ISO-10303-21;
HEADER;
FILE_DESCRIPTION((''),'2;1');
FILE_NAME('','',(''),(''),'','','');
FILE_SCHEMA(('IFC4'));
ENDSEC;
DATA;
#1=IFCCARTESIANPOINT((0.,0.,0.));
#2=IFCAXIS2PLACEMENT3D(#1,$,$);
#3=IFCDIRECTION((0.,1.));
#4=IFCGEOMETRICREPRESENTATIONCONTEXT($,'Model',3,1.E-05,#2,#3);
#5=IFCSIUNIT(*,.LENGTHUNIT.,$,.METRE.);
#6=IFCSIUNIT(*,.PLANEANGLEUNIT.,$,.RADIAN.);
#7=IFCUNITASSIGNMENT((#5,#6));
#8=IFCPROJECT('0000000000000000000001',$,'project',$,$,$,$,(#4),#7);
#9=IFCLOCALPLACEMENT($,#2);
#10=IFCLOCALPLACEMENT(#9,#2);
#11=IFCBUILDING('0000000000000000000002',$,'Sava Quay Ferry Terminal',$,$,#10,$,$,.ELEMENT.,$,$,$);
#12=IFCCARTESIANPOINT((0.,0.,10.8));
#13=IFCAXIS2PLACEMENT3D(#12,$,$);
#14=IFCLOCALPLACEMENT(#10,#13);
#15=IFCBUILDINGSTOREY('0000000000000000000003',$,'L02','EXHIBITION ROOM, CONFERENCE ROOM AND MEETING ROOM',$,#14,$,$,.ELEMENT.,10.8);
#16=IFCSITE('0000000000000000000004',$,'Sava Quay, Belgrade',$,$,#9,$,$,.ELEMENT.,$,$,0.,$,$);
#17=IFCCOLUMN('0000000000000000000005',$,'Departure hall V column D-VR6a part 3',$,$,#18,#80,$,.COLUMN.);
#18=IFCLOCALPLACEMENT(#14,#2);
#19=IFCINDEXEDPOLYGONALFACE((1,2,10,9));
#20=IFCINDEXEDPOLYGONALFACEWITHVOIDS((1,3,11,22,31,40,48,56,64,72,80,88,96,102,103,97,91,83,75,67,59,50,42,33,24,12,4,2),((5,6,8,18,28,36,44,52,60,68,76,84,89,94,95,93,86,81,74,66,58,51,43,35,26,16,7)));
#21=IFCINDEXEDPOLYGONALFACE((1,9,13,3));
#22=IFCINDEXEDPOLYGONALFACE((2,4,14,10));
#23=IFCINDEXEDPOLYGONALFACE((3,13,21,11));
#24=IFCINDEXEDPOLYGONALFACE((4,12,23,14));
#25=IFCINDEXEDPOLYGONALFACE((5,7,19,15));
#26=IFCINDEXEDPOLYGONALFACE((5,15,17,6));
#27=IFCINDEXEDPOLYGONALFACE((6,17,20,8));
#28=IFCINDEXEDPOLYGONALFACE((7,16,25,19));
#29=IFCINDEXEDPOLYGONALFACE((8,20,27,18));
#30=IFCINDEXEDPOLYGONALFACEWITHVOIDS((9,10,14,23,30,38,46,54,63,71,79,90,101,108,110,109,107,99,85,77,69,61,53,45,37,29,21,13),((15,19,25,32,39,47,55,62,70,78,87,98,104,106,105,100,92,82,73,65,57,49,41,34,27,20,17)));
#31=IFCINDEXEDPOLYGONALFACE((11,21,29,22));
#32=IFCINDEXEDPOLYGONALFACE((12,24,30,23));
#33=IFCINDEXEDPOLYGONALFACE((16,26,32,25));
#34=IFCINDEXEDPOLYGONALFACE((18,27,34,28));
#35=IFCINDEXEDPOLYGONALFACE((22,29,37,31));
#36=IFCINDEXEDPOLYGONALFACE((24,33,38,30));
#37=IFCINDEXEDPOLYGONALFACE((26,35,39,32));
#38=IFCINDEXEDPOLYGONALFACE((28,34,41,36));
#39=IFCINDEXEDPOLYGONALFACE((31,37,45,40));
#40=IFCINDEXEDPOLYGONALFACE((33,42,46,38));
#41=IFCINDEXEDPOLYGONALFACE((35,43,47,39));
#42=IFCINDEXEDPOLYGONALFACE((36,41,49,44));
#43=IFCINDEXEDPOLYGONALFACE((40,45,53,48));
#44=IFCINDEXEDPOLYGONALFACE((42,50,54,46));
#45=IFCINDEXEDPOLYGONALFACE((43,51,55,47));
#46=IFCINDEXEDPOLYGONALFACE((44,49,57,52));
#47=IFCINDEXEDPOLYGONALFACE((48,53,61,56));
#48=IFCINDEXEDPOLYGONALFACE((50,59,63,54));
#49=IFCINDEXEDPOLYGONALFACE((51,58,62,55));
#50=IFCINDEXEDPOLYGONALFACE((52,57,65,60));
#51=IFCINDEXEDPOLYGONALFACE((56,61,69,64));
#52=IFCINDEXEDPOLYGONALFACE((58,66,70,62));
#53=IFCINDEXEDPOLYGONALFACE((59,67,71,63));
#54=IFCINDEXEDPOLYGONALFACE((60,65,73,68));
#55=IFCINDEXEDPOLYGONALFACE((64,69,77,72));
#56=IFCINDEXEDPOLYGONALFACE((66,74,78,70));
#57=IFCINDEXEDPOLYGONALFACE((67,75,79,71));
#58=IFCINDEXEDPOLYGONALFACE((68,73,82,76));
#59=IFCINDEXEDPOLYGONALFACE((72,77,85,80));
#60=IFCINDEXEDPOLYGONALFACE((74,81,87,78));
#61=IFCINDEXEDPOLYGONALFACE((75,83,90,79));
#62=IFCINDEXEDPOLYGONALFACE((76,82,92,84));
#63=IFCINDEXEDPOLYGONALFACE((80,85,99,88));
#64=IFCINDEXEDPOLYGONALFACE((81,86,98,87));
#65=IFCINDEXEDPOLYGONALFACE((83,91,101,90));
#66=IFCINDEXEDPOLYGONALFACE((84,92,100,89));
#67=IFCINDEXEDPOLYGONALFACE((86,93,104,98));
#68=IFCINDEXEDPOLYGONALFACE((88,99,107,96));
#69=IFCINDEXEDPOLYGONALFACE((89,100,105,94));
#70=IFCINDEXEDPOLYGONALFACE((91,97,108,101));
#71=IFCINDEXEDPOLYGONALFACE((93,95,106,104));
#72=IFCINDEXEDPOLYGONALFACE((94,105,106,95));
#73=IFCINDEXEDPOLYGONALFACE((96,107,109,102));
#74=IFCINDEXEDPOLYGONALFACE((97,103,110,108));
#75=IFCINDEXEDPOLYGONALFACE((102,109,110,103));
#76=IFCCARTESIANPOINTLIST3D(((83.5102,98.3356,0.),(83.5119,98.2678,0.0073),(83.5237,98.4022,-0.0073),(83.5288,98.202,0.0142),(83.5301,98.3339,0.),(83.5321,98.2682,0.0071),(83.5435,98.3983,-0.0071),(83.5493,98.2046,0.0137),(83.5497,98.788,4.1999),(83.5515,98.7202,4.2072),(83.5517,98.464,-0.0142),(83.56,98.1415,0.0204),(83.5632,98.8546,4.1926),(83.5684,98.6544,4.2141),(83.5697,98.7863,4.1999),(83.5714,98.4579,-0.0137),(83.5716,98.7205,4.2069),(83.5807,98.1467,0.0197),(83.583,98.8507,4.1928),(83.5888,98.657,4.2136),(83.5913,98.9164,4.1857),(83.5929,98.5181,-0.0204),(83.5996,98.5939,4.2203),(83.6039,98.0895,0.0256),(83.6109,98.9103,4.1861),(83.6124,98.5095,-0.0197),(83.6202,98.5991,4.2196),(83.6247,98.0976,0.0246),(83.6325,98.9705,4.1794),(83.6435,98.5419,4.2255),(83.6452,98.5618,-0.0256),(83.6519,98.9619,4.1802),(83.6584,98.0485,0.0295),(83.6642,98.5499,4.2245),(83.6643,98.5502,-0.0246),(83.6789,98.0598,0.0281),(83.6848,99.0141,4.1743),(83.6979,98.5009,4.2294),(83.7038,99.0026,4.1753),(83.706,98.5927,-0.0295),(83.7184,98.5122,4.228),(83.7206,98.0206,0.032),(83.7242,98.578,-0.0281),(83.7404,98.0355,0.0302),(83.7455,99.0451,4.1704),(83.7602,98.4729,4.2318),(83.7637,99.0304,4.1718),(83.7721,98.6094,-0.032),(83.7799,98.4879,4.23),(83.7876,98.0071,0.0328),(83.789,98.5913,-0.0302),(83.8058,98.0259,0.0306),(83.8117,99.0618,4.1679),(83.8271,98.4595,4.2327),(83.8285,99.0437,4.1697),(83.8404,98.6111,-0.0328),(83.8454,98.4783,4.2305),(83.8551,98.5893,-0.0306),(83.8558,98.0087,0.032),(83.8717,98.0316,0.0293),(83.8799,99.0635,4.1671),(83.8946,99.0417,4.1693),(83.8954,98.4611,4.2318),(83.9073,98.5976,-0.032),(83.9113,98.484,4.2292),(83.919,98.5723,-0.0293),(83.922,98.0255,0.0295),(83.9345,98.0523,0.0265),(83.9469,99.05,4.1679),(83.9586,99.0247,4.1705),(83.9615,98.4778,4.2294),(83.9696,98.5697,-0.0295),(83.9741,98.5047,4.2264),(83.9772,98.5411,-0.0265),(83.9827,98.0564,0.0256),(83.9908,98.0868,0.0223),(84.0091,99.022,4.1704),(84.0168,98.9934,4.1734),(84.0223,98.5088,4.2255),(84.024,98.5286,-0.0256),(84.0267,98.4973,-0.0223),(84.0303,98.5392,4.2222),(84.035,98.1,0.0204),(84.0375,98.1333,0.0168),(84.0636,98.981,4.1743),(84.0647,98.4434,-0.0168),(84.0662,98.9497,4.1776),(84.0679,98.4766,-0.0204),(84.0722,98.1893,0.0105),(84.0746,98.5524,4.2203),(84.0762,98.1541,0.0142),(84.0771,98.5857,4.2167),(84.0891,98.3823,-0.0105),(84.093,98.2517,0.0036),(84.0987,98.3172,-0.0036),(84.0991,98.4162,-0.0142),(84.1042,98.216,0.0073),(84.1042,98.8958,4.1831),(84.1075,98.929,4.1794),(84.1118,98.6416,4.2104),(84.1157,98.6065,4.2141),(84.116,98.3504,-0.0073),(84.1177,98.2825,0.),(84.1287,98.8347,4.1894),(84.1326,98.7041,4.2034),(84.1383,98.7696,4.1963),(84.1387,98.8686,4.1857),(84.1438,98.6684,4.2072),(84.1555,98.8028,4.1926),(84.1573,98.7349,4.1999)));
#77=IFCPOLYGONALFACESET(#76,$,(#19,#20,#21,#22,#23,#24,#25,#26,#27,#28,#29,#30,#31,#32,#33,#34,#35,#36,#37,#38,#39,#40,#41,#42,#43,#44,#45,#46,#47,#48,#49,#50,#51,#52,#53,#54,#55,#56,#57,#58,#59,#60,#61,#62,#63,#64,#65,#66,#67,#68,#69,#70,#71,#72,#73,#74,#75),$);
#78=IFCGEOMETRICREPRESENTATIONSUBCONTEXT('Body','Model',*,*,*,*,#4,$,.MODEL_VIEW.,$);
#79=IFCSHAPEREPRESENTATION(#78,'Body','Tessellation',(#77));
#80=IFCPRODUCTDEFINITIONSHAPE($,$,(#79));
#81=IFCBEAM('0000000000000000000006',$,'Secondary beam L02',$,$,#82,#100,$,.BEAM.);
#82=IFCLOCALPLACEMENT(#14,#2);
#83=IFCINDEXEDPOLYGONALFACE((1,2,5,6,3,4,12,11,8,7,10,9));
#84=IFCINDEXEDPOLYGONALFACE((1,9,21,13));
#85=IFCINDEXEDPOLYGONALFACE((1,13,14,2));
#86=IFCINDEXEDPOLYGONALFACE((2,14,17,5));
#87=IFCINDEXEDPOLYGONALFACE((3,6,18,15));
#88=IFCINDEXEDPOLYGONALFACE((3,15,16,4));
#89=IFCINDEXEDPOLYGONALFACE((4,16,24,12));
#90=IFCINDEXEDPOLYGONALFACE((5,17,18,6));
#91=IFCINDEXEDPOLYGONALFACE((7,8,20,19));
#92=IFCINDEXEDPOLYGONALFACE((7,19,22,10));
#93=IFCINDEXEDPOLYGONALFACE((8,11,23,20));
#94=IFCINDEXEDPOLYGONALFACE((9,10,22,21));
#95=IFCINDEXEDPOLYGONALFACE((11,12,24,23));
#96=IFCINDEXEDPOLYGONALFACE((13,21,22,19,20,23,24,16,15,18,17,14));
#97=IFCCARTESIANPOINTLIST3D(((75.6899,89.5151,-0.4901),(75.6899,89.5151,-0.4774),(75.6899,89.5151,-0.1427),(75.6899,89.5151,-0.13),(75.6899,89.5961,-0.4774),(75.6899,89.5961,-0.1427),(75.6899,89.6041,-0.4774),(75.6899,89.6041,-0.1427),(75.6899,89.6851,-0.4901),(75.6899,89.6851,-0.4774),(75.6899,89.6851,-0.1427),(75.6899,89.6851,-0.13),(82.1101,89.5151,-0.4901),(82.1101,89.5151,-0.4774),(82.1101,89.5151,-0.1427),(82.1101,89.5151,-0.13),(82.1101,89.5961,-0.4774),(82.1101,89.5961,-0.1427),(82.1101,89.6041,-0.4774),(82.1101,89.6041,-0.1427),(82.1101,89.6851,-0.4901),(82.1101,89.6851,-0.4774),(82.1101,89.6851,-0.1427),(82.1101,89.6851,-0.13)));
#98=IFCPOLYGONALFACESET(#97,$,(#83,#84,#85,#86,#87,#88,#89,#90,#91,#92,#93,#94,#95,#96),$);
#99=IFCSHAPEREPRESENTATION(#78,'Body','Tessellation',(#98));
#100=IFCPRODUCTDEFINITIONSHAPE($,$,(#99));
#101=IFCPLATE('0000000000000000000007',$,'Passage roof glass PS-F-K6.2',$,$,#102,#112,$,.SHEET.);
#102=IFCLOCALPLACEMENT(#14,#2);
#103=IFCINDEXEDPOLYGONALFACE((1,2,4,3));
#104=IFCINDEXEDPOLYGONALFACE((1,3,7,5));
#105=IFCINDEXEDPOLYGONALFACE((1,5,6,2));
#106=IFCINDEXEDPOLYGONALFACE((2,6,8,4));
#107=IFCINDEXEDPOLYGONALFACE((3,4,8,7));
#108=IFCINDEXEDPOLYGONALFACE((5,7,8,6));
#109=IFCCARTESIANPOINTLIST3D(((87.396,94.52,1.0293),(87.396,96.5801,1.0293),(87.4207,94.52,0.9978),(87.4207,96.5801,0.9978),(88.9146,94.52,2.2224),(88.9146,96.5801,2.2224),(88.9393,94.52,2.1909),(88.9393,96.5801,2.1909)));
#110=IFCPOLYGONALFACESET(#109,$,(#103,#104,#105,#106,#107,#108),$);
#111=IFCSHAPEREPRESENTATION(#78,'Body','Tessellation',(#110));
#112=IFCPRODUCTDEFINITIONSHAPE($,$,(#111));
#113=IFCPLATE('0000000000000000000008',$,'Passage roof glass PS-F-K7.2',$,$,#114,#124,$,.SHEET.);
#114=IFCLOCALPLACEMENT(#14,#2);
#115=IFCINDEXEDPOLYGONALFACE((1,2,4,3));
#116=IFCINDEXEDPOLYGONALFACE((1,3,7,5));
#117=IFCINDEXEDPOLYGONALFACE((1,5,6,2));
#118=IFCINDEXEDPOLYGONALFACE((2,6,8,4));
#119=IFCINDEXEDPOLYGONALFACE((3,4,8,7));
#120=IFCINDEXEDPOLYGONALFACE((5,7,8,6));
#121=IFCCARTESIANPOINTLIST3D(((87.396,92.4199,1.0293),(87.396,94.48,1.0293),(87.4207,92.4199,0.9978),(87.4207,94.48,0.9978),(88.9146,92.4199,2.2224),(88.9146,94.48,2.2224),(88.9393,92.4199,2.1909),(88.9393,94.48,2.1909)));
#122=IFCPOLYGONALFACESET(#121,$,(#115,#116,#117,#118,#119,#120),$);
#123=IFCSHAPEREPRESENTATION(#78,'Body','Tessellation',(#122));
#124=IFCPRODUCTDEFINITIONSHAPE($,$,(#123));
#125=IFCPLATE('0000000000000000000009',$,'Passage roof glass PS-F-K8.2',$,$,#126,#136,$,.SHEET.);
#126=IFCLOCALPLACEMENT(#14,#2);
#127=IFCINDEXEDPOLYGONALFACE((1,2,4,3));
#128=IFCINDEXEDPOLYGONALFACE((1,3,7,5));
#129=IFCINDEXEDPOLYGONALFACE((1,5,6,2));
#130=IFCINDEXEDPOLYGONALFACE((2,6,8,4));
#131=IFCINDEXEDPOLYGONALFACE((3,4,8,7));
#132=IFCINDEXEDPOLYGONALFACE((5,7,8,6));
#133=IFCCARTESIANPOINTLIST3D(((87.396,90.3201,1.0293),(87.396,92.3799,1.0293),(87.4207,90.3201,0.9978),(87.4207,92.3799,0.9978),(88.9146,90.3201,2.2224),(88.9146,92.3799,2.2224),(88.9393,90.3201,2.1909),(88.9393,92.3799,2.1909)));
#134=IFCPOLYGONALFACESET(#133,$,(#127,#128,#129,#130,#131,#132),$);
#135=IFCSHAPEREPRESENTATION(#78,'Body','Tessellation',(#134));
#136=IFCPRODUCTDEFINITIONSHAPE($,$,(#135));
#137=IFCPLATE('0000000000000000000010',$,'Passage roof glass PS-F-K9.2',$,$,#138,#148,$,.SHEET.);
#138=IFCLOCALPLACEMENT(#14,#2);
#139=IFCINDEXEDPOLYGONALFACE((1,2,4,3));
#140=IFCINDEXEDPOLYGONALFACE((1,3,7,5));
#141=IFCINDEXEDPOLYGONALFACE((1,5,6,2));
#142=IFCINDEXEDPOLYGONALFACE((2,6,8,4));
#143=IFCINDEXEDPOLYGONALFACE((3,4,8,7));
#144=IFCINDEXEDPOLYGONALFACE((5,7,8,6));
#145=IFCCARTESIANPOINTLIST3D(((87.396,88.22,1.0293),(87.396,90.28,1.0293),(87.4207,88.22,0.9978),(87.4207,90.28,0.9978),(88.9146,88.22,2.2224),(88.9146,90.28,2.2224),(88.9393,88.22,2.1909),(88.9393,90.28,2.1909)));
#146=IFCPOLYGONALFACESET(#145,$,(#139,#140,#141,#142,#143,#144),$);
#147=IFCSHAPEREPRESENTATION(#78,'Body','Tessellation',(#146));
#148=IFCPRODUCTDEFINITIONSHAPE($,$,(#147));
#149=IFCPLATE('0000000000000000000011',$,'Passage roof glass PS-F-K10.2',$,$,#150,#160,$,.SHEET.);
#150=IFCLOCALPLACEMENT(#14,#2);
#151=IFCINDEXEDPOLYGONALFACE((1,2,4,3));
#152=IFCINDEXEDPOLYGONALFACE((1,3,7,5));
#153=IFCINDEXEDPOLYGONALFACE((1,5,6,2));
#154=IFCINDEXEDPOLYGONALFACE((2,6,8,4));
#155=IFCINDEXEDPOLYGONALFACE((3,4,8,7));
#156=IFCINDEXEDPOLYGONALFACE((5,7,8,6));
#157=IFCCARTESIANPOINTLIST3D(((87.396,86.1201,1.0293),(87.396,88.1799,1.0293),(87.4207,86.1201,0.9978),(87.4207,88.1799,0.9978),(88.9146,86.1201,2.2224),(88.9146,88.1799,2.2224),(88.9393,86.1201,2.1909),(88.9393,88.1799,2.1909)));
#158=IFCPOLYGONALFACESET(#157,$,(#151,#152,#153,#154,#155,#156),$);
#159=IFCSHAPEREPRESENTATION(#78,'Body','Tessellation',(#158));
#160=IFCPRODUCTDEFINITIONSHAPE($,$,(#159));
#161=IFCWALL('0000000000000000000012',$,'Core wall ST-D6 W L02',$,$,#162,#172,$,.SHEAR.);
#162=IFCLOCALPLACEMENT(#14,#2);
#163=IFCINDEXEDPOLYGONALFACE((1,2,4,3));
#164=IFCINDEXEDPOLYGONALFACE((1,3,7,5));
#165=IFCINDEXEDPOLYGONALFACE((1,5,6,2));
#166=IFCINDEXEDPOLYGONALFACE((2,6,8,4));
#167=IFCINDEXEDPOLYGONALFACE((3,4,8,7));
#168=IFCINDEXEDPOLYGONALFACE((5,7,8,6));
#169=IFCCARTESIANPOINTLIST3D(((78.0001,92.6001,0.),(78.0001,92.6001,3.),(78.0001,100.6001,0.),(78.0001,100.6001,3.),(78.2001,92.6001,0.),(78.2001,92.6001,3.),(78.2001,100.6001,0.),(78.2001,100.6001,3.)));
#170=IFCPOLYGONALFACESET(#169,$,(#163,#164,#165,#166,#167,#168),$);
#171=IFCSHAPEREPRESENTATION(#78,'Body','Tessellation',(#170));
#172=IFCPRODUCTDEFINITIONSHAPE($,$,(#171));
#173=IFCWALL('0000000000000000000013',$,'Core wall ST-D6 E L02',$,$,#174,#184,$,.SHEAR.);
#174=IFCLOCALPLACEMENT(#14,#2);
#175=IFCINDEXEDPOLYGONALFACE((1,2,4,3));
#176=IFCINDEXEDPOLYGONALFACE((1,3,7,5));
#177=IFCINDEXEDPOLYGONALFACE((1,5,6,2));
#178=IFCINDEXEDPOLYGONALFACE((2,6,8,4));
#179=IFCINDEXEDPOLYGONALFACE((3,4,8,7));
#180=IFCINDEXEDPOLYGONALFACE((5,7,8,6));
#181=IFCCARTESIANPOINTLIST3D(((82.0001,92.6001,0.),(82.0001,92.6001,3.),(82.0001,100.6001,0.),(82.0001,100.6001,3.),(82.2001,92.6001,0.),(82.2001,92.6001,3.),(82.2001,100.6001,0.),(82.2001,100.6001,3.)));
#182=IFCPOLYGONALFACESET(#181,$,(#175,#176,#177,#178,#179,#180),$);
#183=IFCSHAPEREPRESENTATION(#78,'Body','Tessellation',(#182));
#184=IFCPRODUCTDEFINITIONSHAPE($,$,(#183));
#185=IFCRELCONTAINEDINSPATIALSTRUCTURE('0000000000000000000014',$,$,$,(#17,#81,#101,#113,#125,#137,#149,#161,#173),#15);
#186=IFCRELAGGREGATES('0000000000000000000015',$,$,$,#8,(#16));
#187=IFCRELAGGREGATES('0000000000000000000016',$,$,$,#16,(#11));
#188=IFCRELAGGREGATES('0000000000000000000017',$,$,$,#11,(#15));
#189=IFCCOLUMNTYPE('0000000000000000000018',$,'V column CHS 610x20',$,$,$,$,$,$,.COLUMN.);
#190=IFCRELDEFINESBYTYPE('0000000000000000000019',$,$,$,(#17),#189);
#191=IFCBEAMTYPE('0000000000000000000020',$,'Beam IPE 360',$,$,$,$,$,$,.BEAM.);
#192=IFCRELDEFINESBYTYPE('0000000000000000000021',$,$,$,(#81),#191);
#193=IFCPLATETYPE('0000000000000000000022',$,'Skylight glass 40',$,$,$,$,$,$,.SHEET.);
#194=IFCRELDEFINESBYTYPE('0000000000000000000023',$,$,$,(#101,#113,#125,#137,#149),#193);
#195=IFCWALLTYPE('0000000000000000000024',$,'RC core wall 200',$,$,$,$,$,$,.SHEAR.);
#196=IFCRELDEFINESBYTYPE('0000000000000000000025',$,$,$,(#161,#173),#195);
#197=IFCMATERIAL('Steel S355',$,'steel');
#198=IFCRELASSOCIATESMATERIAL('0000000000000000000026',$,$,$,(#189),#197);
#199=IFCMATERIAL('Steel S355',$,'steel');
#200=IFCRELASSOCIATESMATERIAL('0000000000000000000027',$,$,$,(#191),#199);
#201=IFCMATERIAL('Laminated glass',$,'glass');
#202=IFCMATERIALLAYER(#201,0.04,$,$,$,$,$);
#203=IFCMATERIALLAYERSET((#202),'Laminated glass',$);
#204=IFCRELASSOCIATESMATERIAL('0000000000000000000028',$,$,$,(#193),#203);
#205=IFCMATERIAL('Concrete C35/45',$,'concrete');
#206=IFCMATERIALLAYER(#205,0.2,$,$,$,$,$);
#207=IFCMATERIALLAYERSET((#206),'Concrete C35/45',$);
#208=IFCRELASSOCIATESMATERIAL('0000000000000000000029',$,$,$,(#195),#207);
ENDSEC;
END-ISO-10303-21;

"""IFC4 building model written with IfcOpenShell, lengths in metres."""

from ifc_helpers import new_model, si_unit, direction, frame, frame_2d, origin, origin_2d, place, context, subcontext, project, spatial, polyline, rectangle, hollow_circle, i_section, outline, extrude, material, layer, layer_set, material_profile, profile_set, type_object, element, save


model = new_model("IFC4")

# Units and contexts
model_context = context("Model", 3, precision=1e-05, world=origin(), true_north=direction((0.0, 1.0)))
body_context = subcontext(model_context, "Body", "Model", "MODEL_VIEW")
ifc_project = project(units=[si_unit("LENGTHUNIT", "METRE"), si_unit("PLANEANGLEUNIT", "RADIAN")], contexts=[model_context])

# Site, building, storey
site_placement = place(None, origin())
site = spatial("IfcSite", under=ifc_project, at=site_placement, Name="Sava Quay, Belgrade", CompositionType="ELEMENT", RefElevation=0.0)
building_placement = place(site_placement, origin())
building = spatial("IfcBuilding", under=site, at=building_placement, Name="Sava Quay Ferry Terminal", CompositionType="ELEMENT")
storey_placement = place(building_placement, frame((0.0, 0.0, 10.8)))
storey = spatial("IfcBuildingStorey", under=building, at=storey_placement, Name="L02", Description="EXHIBITION ROOM, CONFERENCE ROOM AND MEETING ROOM", CompositionType="ELEMENT", Elevation=10.8)

# Column
ifc_material_1 = material(Name="Steel S355", Category="steel")
ifc_material_profile_1 = material_profile(ifc_material_1, hollow_circle(Radius=0.3049, WallThickness=0.02, at=origin_2d()), Name="CHS 610 x 20.0")
ifc_profile_set_1 = profile_set([ifc_material_profile_1], Name="Steel S355")
column_type_1 = type_object("IfcColumnType", Name="V column CHS 610x20", PredefinedType="COLUMN", material=ifc_profile_set_1)
column_1_placement = place(storey_placement, frame((83.814, 98.3091, 0.0), z_axis=(0.009362, 0.10709, 0.994205), x_axis=(-0.9962, 0.087094, 0.0)))
element("IfcColumn", 1, at=column_1_placement, inside=storey, type_object=column_type_1, Name="Departure hall V column D-VR6a part 3", PredefinedType="COLUMN", context=body_context, shape_type="SweptSolid", body=[
    extrude(hollow_circle(Radius=0.3049, WallThickness=0.02, at=origin_2d()), origin(), (0.0, 0.0, 1.0), 4.2244),
])

# Beam
ifc_material_2 = material(Name="Steel S355", Category="steel")
ifc_material_profile_2 = material_profile(ifc_material_2, i_section(OverallWidth=0.1699, OverallDepth=0.3601, WebThickness=0.0081, FlangeThickness=0.0127, at=origin_2d()), Name="IPE 360")
ifc_profile_set_2 = profile_set([ifc_material_profile_2], Name="Steel S355")
beam_type = type_object("IfcBeamType", Name="Beam IPE 360", PredefinedType="BEAM", material=ifc_profile_set_2)
beam_placement = place(storey_placement, frame((75.6899, 89.6001, -0.3101), z_axis=(1.0, 0.0, 0.0), x_axis=(0.0, 1.0, 0.0)))
element("IfcBeam", 2, at=beam_placement, inside=storey, type_object=beam_type, Name="Secondary beam L02", PredefinedType="BEAM", context=body_context, shape_type="SweptSolid", body=[
    extrude(i_section(OverallWidth=0.1699, OverallDepth=0.3601, WebThickness=0.0081, FlangeThickness=0.0127, at=origin_2d()), origin(), (0.0, 0.0, 1.0), 6.4202),
])

# Plates
ifc_material_3 = material(Name="Laminated glass", Category="glass")
ifc_layer_1 = layer(ifc_material_3, 0.04)
ifc_layer_set_1 = layer_set([ifc_layer_1], Name="Laminated glass")
plate_type = type_object("IfcPlateType", Name="Skylight glass 40", PredefinedType="SHEET", material=ifc_layer_set_1)
for number, where, z_axis, x_axis, name in (
    (3, (87.396, 96.5801, 1.0293), (-0.61781, 0.0, 0.786327), (0.786327, 0.0, 0.61781), "Passage roof glass PS-F-K6.2"),
    (4, (87.396, 94.48, 1.0293), (-0.61781, 0.0, 0.786327), (0.786327, 0.0, 0.61781), "Passage roof glass PS-F-K7.2"),
):
    element("IfcPlate", number, at=place(storey_placement, frame(where, z_axis=z_axis, x_axis=x_axis)), inside=storey, type_object=plate_type, Name=name, PredefinedType="SHEET", context=body_context, shape_type="SweptSolid", body=[
        extrude(outline(polyline([(0.0, 0.0), (1.9312, 0.0), (1.9312, -2.0601), (0.0, -2.0601), (0.0, 0.0)])), origin(), (0.0, 0.0, -1.0), 0.04),
    ])
plate_1_placement = place(storey_placement, frame((87.396, 92.3799, 1.0293), z_axis=(-0.61781, 0.0, 0.786327), x_axis=(0.786327, 0.0, 0.61781)))
element("IfcPlate", 5, at=plate_1_placement, inside=storey, type_object=plate_type, Name="Passage roof glass PS-F-K8.2", PredefinedType="SHEET", context=body_context, shape_type="SweptSolid", body=[
    extrude(outline(polyline([(0.0, 0.0), (1.9312, 0.0), (1.9312, -2.0598), (0.0, -2.0598), (0.0, 0.0)])), origin(), (0.0, 0.0, -1.0), 0.04),
])
plate_2_placement = place(storey_placement, frame((87.396, 90.28, 1.0293), z_axis=(-0.61781, 0.0, 0.786327), x_axis=(0.786327, 0.0, 0.61781)))
element("IfcPlate", 6, at=plate_2_placement, inside=storey, type_object=plate_type, Name="Passage roof glass PS-F-K9.2", PredefinedType="SHEET", context=body_context, shape_type="SweptSolid", body=[
    extrude(outline(polyline([(0.0, 0.0), (1.9312, 0.0), (1.9312, -2.0601), (0.0, -2.0601), (0.0, 0.0)])), origin(), (0.0, 0.0, -1.0), 0.04),
])
plate_3_placement = place(storey_placement, frame((87.396, 88.1799, 1.0293), z_axis=(-0.61781, 0.0, 0.786327), x_axis=(0.786327, 0.0, 0.61781)))
element("IfcPlate", 7, at=plate_3_placement, inside=storey, type_object=plate_type, Name="Passage roof glass PS-F-K10.2", PredefinedType="SHEET", context=body_context, shape_type="SweptSolid", body=[
    extrude(outline(polyline([(0.0, 0.0), (1.9312, 0.0), (1.9312, -2.0598), (0.0, -2.0598), (0.0, 0.0)])), origin(), (0.0, 0.0, -1.0), 0.04),
])

# Shared definitions
ifc_material_4 = material(Name="Concrete C35/45", Category="concrete")
ifc_layer_2 = layer(ifc_material_4, 0.2)
ifc_layer_set_2 = layer_set([ifc_layer_2], Name="Concrete C35/45")
wall_type_1 = type_object("IfcWallType", Name="RC core wall 200", PredefinedType="SHEAR", material=ifc_layer_set_2)

# Walls
for number, where, z_axis, x_axis, name in (
    (8, (78.1001, 92.6001, 0.0), (0.0, 0.0, 1.0), (0.0, 1.0, 0.0), "Core wall ST-D6 W L02"),
    (9, (82.1001, 92.6001, 0.0), (0.0, 0.0, 1.0), (0.0, 1.0, 0.0), "Core wall ST-D6 E L02"),
):
    element("IfcWall", number, at=place(storey_placement, frame(where, z_axis=z_axis, x_axis=x_axis)), inside=storey, type_object=wall_type_1, Name=name, PredefinedType="SHEAR", context=body_context, shape_type="SweptSolid", body=[
        extrude(rectangle(XDim=8.0, YDim=0.2, at=frame_2d((4.0, 0.0))), origin(), (0.0, 0.0, 1.0), 3.0),
    ])

save(model, "model.ifc")
